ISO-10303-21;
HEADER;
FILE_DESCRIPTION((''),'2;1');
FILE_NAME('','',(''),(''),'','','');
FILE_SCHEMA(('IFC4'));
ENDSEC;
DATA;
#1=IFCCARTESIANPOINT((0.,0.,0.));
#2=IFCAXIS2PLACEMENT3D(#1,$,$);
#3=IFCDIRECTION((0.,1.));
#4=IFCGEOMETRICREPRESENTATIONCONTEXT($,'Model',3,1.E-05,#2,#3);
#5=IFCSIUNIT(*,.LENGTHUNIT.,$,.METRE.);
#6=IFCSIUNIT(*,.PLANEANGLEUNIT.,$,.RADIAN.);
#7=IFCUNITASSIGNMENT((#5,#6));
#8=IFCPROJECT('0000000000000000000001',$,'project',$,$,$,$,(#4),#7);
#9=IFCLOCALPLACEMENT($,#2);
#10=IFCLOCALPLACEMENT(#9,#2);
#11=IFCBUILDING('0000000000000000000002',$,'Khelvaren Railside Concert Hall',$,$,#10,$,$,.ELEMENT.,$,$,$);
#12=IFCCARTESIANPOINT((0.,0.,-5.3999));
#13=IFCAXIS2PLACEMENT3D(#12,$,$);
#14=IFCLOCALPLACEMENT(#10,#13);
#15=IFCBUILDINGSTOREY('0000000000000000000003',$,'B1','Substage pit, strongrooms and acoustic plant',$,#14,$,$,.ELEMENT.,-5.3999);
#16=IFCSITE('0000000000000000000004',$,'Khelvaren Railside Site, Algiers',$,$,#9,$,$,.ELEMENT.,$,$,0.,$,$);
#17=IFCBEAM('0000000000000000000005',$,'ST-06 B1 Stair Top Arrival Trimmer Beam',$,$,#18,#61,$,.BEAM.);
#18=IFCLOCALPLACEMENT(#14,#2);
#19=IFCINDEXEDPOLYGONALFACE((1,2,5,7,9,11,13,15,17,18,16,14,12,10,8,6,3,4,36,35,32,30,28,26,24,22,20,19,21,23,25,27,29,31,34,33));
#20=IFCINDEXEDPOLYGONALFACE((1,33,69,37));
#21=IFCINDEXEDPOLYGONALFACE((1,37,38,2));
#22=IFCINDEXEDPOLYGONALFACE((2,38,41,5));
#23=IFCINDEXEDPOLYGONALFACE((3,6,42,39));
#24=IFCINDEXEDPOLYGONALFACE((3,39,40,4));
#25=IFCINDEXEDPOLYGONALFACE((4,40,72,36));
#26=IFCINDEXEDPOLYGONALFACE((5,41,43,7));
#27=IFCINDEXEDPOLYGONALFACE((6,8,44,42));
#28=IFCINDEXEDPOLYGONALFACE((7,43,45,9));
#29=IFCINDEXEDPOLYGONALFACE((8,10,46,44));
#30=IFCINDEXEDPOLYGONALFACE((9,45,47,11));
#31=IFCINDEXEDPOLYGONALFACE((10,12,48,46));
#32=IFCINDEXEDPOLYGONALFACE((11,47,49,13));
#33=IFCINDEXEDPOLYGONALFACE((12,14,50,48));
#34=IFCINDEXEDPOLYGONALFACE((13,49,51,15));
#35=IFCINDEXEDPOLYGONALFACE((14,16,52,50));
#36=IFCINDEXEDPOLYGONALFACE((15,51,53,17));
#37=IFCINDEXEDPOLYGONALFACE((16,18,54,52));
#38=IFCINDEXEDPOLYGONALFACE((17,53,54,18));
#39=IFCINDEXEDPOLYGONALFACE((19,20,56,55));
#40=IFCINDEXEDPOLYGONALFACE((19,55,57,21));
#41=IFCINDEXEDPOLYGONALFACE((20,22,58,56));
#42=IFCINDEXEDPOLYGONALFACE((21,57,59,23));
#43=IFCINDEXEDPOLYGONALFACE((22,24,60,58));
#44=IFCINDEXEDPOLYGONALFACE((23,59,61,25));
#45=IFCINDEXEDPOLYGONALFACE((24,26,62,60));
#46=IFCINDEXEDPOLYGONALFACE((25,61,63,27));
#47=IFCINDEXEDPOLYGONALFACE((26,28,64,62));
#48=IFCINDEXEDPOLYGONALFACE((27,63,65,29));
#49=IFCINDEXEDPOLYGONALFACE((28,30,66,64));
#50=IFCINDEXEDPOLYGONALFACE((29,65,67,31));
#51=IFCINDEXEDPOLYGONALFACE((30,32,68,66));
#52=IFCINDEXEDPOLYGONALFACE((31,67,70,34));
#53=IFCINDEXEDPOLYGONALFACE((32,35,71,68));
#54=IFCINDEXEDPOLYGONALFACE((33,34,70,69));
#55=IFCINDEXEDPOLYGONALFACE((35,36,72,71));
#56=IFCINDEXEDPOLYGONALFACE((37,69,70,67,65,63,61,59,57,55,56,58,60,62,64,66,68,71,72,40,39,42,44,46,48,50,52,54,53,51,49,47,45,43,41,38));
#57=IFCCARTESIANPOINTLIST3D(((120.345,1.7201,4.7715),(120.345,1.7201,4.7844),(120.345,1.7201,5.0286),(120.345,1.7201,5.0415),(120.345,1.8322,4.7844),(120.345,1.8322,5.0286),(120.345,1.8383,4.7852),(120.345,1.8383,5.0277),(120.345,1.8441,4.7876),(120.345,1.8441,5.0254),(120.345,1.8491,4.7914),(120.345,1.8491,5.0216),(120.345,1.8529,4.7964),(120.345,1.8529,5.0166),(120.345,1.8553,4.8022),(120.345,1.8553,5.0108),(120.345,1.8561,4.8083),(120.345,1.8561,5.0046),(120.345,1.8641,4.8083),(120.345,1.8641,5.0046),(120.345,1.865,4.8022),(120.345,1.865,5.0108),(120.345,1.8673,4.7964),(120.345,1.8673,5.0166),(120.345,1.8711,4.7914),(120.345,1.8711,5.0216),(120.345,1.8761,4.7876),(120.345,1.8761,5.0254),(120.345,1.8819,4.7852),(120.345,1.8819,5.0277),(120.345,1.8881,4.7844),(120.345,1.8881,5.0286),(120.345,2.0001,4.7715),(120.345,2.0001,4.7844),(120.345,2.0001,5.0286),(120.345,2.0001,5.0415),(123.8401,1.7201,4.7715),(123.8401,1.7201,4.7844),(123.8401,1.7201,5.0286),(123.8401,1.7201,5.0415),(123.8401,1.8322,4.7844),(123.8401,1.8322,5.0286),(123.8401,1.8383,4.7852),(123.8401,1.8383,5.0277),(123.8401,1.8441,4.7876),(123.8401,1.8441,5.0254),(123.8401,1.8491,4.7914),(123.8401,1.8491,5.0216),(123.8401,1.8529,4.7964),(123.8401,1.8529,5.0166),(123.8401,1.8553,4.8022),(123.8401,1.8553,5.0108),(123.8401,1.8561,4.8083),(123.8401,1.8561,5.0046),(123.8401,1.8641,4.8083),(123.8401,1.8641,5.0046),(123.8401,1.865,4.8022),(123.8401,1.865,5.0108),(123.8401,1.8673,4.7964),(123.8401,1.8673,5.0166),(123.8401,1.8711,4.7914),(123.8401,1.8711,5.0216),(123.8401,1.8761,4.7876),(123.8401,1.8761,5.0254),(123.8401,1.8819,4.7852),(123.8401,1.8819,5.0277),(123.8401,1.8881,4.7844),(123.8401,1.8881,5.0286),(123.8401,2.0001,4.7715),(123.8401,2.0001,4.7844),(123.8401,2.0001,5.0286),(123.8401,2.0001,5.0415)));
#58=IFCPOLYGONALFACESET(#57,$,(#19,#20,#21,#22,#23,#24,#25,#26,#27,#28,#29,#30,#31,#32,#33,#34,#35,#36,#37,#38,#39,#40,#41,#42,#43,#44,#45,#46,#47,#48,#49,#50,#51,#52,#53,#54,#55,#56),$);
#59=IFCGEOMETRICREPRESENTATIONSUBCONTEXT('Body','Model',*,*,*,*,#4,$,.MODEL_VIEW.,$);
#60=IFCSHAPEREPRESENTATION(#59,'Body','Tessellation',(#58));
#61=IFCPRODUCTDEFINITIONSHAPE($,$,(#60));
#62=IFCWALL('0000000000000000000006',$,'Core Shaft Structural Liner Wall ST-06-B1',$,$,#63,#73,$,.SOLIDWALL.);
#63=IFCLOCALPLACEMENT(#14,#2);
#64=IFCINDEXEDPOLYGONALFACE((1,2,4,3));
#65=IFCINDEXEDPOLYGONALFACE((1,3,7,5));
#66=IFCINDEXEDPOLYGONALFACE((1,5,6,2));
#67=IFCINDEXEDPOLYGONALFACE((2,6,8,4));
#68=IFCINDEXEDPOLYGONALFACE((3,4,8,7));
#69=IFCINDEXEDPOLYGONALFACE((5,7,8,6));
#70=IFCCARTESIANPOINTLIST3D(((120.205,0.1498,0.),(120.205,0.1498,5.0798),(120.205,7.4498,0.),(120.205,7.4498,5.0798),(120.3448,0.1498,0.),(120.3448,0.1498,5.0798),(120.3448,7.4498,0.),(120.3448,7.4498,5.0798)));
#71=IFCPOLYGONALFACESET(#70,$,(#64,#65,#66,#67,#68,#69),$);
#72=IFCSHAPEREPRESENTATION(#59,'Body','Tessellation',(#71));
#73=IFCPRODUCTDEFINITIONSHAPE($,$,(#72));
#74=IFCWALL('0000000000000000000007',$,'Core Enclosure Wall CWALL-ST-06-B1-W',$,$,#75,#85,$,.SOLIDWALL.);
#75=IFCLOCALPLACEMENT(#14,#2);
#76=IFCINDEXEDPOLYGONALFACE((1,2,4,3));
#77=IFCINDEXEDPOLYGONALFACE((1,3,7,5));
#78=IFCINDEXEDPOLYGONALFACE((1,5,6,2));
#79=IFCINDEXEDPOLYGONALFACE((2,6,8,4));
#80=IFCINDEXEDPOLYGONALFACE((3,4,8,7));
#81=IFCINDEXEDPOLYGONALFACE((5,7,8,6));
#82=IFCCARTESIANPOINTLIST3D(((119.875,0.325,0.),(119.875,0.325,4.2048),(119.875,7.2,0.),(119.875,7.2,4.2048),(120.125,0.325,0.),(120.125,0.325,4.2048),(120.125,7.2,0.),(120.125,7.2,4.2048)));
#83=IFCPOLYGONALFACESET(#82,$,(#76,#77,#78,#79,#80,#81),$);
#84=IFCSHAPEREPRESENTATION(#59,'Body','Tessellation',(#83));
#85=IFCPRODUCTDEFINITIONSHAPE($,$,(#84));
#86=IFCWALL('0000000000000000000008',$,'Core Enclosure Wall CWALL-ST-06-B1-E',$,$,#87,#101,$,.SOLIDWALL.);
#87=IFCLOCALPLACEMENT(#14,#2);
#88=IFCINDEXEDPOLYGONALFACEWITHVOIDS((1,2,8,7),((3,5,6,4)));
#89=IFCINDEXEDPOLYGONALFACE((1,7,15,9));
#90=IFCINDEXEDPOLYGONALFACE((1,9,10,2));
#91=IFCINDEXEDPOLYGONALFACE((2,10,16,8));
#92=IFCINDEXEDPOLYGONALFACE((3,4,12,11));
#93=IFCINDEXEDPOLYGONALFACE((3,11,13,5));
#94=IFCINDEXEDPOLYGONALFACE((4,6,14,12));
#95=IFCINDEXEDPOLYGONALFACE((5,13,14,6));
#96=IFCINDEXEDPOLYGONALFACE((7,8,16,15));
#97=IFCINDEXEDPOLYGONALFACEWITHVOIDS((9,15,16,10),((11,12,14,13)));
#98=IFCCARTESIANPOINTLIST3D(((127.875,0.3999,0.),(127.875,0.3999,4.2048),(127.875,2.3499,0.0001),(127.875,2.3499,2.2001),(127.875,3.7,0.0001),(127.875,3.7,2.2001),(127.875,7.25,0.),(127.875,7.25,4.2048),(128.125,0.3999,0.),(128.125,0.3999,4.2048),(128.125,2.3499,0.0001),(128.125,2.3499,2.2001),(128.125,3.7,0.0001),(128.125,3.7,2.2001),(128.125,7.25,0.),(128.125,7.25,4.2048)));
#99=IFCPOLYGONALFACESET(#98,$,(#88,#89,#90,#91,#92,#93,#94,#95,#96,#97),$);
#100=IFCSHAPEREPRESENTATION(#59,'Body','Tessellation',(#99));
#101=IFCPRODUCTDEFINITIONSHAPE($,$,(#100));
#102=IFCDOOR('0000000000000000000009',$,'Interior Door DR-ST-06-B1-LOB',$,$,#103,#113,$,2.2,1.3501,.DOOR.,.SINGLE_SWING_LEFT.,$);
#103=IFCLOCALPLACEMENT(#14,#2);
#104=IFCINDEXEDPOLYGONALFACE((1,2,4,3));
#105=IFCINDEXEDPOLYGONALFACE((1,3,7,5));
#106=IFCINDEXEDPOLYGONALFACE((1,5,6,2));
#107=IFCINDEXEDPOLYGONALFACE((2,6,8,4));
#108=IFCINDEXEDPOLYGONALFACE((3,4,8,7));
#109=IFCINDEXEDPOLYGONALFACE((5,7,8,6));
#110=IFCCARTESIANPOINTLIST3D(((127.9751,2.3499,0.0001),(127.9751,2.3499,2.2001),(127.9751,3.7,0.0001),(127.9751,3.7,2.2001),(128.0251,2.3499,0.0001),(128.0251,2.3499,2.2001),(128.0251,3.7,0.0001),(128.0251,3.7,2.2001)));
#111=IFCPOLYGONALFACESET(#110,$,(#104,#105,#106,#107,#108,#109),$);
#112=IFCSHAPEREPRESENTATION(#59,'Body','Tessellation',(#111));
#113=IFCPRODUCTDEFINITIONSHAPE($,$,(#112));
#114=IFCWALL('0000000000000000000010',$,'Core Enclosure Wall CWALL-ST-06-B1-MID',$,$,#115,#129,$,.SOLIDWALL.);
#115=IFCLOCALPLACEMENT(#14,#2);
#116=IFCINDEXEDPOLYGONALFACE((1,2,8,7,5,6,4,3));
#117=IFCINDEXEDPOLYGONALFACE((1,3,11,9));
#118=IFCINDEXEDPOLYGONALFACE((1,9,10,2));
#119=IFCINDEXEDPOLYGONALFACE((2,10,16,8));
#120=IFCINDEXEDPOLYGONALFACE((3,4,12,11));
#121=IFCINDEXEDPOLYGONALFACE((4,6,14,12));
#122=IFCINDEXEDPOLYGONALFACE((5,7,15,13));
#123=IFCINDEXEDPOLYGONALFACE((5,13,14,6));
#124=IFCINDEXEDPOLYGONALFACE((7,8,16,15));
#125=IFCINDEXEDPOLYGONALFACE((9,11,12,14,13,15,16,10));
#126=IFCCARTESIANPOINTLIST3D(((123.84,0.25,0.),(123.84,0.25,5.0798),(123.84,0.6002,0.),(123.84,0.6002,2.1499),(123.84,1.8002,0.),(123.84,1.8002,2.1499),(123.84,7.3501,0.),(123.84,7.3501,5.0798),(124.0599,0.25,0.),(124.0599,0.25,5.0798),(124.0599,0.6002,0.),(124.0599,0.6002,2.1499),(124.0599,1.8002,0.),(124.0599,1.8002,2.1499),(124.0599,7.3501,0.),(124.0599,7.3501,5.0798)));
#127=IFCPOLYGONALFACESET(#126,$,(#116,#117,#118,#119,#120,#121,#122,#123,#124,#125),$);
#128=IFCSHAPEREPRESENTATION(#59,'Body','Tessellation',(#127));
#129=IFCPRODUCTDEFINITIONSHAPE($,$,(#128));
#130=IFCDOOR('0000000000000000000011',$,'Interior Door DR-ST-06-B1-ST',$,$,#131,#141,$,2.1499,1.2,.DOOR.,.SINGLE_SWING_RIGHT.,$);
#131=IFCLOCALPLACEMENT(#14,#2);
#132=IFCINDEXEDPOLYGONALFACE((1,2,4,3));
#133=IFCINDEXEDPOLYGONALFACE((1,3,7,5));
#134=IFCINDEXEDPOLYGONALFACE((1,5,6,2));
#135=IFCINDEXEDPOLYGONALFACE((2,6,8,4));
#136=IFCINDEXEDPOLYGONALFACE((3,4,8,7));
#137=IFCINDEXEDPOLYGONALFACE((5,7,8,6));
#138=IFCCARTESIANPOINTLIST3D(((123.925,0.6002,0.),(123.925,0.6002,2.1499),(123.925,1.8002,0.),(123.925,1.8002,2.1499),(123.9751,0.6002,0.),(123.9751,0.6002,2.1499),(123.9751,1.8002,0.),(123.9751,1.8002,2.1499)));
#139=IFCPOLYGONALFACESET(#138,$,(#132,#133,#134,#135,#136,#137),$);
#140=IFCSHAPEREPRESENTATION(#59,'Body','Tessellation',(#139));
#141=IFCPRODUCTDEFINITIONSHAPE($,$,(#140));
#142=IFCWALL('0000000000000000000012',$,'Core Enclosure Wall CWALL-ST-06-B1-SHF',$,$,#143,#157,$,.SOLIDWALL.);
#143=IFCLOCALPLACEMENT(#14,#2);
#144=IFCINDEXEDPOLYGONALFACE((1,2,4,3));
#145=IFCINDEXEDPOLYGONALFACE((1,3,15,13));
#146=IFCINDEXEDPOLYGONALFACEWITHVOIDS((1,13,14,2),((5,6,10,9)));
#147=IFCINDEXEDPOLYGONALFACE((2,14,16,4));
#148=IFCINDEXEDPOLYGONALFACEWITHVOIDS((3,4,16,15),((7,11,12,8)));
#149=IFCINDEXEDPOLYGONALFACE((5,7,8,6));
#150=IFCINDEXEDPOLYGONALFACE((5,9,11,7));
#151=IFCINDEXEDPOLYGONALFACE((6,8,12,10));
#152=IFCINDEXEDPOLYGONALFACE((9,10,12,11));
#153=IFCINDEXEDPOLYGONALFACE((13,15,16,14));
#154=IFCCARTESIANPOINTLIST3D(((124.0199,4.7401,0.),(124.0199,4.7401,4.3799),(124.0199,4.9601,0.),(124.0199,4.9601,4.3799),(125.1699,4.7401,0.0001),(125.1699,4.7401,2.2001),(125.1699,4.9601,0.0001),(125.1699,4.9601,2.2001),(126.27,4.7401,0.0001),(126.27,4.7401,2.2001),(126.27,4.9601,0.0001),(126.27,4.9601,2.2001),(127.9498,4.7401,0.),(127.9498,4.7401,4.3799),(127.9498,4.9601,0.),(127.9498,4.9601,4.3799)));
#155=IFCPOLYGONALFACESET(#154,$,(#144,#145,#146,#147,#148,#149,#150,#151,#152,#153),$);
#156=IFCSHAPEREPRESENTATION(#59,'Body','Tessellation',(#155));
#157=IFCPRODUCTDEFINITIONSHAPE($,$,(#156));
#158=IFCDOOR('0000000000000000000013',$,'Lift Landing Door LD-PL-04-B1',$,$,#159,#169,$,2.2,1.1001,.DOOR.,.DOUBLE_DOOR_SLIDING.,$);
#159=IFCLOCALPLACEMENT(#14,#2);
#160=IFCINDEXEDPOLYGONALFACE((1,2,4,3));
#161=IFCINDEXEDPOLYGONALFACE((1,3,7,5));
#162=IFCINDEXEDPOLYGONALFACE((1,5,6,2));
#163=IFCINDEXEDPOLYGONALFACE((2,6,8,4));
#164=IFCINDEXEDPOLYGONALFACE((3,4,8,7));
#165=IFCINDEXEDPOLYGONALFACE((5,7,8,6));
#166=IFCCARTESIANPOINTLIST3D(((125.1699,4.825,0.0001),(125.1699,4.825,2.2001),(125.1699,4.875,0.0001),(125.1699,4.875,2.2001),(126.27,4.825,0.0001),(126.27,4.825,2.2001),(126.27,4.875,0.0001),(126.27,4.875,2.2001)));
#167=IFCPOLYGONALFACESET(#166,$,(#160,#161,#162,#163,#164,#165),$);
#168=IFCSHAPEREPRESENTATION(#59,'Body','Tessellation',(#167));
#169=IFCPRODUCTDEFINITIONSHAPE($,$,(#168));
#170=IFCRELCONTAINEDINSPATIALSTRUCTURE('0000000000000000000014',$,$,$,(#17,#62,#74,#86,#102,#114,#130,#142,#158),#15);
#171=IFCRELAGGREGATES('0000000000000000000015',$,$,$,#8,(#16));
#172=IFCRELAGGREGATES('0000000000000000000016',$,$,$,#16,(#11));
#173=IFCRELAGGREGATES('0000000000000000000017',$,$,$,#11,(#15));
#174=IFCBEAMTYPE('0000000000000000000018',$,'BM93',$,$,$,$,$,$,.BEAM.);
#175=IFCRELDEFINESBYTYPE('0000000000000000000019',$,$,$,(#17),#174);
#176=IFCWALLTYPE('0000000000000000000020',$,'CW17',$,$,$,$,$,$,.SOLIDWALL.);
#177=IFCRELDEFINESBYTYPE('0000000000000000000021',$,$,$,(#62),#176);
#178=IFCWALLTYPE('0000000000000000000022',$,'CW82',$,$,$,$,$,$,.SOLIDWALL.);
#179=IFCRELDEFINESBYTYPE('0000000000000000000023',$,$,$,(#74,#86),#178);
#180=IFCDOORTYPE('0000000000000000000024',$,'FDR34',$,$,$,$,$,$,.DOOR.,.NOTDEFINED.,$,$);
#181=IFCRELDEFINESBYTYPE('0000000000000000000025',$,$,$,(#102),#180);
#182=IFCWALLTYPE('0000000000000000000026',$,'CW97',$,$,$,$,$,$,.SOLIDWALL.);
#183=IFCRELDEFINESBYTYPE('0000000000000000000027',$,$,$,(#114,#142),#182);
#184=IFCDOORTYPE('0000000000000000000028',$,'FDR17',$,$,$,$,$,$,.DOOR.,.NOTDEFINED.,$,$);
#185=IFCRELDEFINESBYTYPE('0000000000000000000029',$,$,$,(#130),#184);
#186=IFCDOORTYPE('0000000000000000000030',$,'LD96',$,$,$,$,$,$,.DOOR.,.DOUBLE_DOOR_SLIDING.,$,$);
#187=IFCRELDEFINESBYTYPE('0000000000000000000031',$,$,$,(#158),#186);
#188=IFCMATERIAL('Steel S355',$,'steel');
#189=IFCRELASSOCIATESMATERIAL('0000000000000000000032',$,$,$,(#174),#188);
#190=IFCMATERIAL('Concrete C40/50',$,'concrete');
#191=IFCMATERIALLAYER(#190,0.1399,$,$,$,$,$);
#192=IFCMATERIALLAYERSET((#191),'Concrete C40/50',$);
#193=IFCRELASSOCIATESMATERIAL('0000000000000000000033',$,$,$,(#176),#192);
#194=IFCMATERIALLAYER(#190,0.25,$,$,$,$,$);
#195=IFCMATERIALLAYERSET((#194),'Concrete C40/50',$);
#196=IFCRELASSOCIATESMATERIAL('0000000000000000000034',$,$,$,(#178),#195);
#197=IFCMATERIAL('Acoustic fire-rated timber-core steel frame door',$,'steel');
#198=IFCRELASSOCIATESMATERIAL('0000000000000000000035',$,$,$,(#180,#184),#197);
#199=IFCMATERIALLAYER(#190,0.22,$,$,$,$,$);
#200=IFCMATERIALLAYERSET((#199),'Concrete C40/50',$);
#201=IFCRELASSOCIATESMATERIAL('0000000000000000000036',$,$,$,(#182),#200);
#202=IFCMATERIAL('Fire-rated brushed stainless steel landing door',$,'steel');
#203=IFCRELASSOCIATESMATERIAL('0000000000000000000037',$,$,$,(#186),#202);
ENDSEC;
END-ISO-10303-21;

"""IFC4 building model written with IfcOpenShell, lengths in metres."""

from ifc_helpers import new_model, si_unit, direction, frame, frame_2d, origin, origin_2d, place, context, subcontext, project, spatial, rectangle, i_section, extrude, material, layer, layer_set, material_profile, profile_set, type_object, element, fill, save


model = new_model("IFC4")

# Units and contexts
model_context = context("Model", 3, precision=1e-05, world=origin(), true_north=direction((0.0, 1.0)))
body_context = subcontext(model_context, "Body", "Model", "MODEL_VIEW")
ifc_project = project(units=[si_unit("LENGTHUNIT", "METRE"), si_unit("PLANEANGLEUNIT", "RADIAN")], contexts=[model_context])

# Site, building, storey
site_placement = place(None, origin())
site = spatial("IfcSite", under=ifc_project, at=site_placement, Name="Khelvaren Railside Site, Algiers", CompositionType="ELEMENT", RefElevation=0.0)
building_placement = place(site_placement, origin())
building = spatial("IfcBuilding", under=site, at=building_placement, Name="Khelvaren Railside Concert Hall", CompositionType="ELEMENT")
storey_placement = place(building_placement, frame((0.0, 0.0, -5.3999)))
storey = spatial("IfcBuildingStorey", under=building, at=storey_placement, Name="B1", Description="Substage pit, strongrooms and acoustic plant", CompositionType="ELEMENT", Elevation=-5.3999)

# Beam
ifc_material_1 = material(Name="Steel S355", Category="steel")
ifc_material_profile_1 = material_profile(ifc_material_1, i_section(OverallWidth=0.28, OverallDepth=0.27, WebThickness=0.0081, FlangeThickness=0.0129, FilletRadius=0.0239, at=origin_2d()), Name="HEA 280")
ifc_profile_set_1 = profile_set([ifc_material_profile_1], Name="Steel S355")
beam_type_1 = type_object("IfcBeamType", Name="BM93", PredefinedType="BEAM", material=ifc_profile_set_1)
beam_1_placement = place(storey_placement, frame((120.345, 1.8601, 4.9065), z_axis=(1.0, 0.0, 0.0), x_axis=(0.0, 1.0, 0.0)))
element("IfcBeam", 1, at=beam_1_placement, inside=storey, type_object=beam_type_1, Name="ST-06 B1 Stair Top Arrival Trimmer Beam", PredefinedType="BEAM", context=body_context, shape_type="SweptSolid", body=[
    extrude(i_section(OverallWidth=0.28, OverallDepth=0.27, WebThickness=0.0081, FlangeThickness=0.0129, FilletRadius=0.0239, at=origin_2d()), origin(), (0.0, 0.0, 1.0), 3.4951),
])

# Walls
ifc_material_2 = material(Name="Concrete C40/50", Category="concrete")
ifc_layer_1 = layer(ifc_material_2, 0.1399)
ifc_layer_set_1 = layer_set([ifc_layer_1], Name="Concrete C40/50")
wall_type_1 = type_object("IfcWallType", Name="CW17", PredefinedType="SOLIDWALL", material=ifc_layer_set_1)
wall_1_placement = place(storey_placement, frame((120.2749, 0.1499, 0.0), z_axis=(0.0, 0.0, 1.0), x_axis=(0.0, 1.0, 0.0)))
element("IfcWall", 2, at=wall_1_placement, inside=storey, type_object=wall_type_1, Name="Core Shaft Structural Liner Wall ST-06-B1", PredefinedType="SOLIDWALL", context=body_context, shape_type="SweptSolid", body=[
    extrude(rectangle(XDim=7.3, YDim=0.1399, at=frame_2d((3.6499, 0.0))), origin(), (0.0, 0.0, 1.0), 5.0798),
])
ifc_layer_2 = layer(ifc_material_2, 0.25)
ifc_layer_set_2 = layer_set([ifc_layer_2], Name="Concrete C40/50")
wall_type_2 = type_object("IfcWallType", Name="CW82", PredefinedType="SOLIDWALL", material=ifc_layer_set_2)
wall_2_placement = place(storey_placement, frame((120.0, 0.325, 0.0), z_axis=(0.0, 0.0, 1.0), x_axis=(0.0, 1.0, 0.0)))
element("IfcWall", 3, at=wall_2_placement, inside=storey, type_object=wall_type_2, Name="Core Enclosure Wall CWALL-ST-06-B1-W", PredefinedType="SOLIDWALL", context=body_context, shape_type="SweptSolid", body=[
    extrude(rectangle(XDim=6.875, YDim=0.25, at=frame_2d((3.4375, 0.0))), origin(), (0.0, 0.0, 1.0), 4.2048),
])

# Walls, openings, doors
wall_3_placement = place(storey_placement, frame((128.0, 0.3999, 0.0), z_axis=(0.0, 0.0, 1.0), x_axis=(0.0, 1.0, 0.0)))
wall_3 = element("IfcWall", 4, at=wall_3_placement, inside=storey, type_object=wall_type_2, Name="Core Enclosure Wall CWALL-ST-06-B1-E", PredefinedType="SOLIDWALL", context=body_context, shape_type="SweptSolid", body=[
    extrude(rectangle(XDim=6.8501, YDim=0.25, at=frame_2d((3.425, 0.0))), origin(), (0.0, 0.0, 1.0), 4.2048),
])
opening_1_placement = place(wall_3_placement, frame((1.95, 0.0, 0.0)))
opening_1 = element("IfcOpeningElement", 5, at=opening_1_placement, cuts=wall_3, PredefinedType="OPENING", context=body_context, shape_type="SweptSolid", body=[
    extrude(rectangle(XDim=1.3501, YDim=2.2, at=frame_2d((0.675, 1.1001))), frame((0.0, 0.135, 0.0), z_axis=(0.0, -1.0, 0.0), x_axis=(1.0, 0.0, 0.0)), (0.0, 0.0, 1.0), 0.27),
])
ifc_material_3 = material(Name="Acoustic fire-rated timber-core steel frame door", Category="steel")
door_type_1 = type_object("IfcDoorType", Name="FDR34", OperationType="NOTDEFINED", PredefinedType="DOOR", material=ifc_material_3)
door_1_placement = place(opening_1_placement, origin())
door_1 = element("IfcDoor", 6, at=door_1_placement, inside=storey, type_object=door_type_1, Name="Interior Door DR-ST-06-B1-LOB", OperationType="SINGLE_SWING_LEFT", OverallHeight=2.2, OverallWidth=1.3501, PredefinedType="DOOR", context=body_context, shape_type="SweptSolid", body=[
    extrude(rectangle(XDim=1.3501, YDim=2.2, at=frame_2d((0.675, 1.1001))), frame((0.0, 0.0249, 0.0), z_axis=(0.0, -1.0, 0.0), x_axis=(1.0, 0.0, 0.0)), (0.0, 0.0, 1.0), 0.05),
])
fill(opening_1, door_1)
ifc_layer_3 = layer(ifc_material_2, 0.22)
ifc_layer_set_3 = layer_set([ifc_layer_3], Name="Concrete C40/50")
wall_type_3 = type_object("IfcWallType", Name="CW97", PredefinedType="SOLIDWALL", material=ifc_layer_set_3)
wall_4_placement = place(storey_placement, frame((123.95, 0.25, 0.0), z_axis=(0.0, 0.0, 1.0), x_axis=(0.0, 1.0, 0.0)))
wall_4 = element("IfcWall", 7, at=wall_4_placement, inside=storey, type_object=wall_type_3, Name="Core Enclosure Wall CWALL-ST-06-B1-MID", PredefinedType="SOLIDWALL", context=body_context, shape_type="SweptSolid", body=[
    extrude(rectangle(XDim=7.1001, YDim=0.22, at=frame_2d((3.55, 0.0))), origin(), (0.0, 0.0, 1.0), 5.0798),
])
opening_2_placement = place(wall_4_placement, frame((0.3501, 0.0, 0.0)))
opening_2 = element("IfcOpeningElement", 8, at=opening_2_placement, cuts=wall_4, PredefinedType="OPENING", context=body_context, shape_type="SweptSolid", body=[
    extrude(rectangle(XDim=1.2, YDim=2.1499, at=frame_2d((0.6001, 1.075))), frame((0.0, 0.1199, 0.0), z_axis=(0.0, -1.0, 0.0), x_axis=(1.0, 0.0, 0.0)), (0.0, 0.0, 1.0), 0.24),
])
door_type_2 = type_object("IfcDoorType", Name="FDR17", OperationType="NOTDEFINED", PredefinedType="DOOR", material=ifc_material_3)
door_2_placement = place(opening_2_placement, origin())
door_2 = element("IfcDoor", 9, at=door_2_placement, inside=storey, type_object=door_type_2, Name="Interior Door DR-ST-06-B1-ST", OperationType="SINGLE_SWING_RIGHT", OverallHeight=2.1499, OverallWidth=1.2, PredefinedType="DOOR", context=body_context, shape_type="SweptSolid", body=[
    extrude(rectangle(XDim=1.2, YDim=2.1499, at=frame_2d((0.6001, 1.075))), frame((0.0, 0.0249, 0.0), z_axis=(0.0, -1.0, 0.0), x_axis=(1.0, 0.0, 0.0)), (0.0, 0.0, 1.0), 0.05),
])
fill(opening_2, door_2)
wall_5_placement = place(storey_placement, frame((124.02, 4.8501, 0.0), z_axis=(0.0, 0.0, 1.0), x_axis=(1.0, 0.0, 0.0)))
wall_5 = element("IfcWall", 10, at=wall_5_placement, inside=storey, type_object=wall_type_3, Name="Core Enclosure Wall CWALL-ST-06-B1-SHF", PredefinedType="SOLIDWALL", context=body_context, shape_type="SweptSolid", body=[
    extrude(rectangle(XDim=3.9299, YDim=0.22, at=frame_2d((1.9648, 0.0))), origin(), (0.0, 0.0, 1.0), 4.3799),
])
opening_3_placement = place(wall_5_placement, frame((1.1499, 0.0, 0.0)))
opening_3 = element("IfcOpeningElement", 11, at=opening_3_placement, cuts=wall_5, PredefinedType="OPENING", context=body_context, shape_type="SweptSolid", body=[
    extrude(rectangle(XDim=1.1001, YDim=2.2, at=frame_2d((0.55, 1.1001))), frame((0.0, 0.1199, 0.0), z_axis=(0.0, -1.0, 0.0), x_axis=(1.0, 0.0, 0.0)), (0.0, 0.0, 1.0), 0.24),
])
ifc_material_4 = material(Name="Fire-rated brushed stainless steel landing door", Category="steel")
door_type_3 = type_object("IfcDoorType", Name="LD96", OperationType="DOUBLE_DOOR_SLIDING", PredefinedType="DOOR", material=ifc_material_4)
door_3_placement = place(opening_3_placement, origin())
door_3 = element("IfcDoor", 12, at=door_3_placement, inside=storey, type_object=door_type_3, Name="Lift Landing Door LD-PL-04-B1", OperationType="DOUBLE_DOOR_SLIDING", OverallHeight=2.2, OverallWidth=1.1001, PredefinedType="DOOR", context=body_context, shape_type="SweptSolid", body=[
    extrude(rectangle(XDim=1.1001, YDim=2.2, at=frame_2d((0.55, 1.1001))), frame((0.0, 0.0249, 0.0), z_axis=(0.0, -1.0, 0.0), x_axis=(1.0, 0.0, 0.0)), (0.0, 0.0, 1.0), 0.05),
])
fill(opening_3, door_3)

save(model, "model.ifc")
